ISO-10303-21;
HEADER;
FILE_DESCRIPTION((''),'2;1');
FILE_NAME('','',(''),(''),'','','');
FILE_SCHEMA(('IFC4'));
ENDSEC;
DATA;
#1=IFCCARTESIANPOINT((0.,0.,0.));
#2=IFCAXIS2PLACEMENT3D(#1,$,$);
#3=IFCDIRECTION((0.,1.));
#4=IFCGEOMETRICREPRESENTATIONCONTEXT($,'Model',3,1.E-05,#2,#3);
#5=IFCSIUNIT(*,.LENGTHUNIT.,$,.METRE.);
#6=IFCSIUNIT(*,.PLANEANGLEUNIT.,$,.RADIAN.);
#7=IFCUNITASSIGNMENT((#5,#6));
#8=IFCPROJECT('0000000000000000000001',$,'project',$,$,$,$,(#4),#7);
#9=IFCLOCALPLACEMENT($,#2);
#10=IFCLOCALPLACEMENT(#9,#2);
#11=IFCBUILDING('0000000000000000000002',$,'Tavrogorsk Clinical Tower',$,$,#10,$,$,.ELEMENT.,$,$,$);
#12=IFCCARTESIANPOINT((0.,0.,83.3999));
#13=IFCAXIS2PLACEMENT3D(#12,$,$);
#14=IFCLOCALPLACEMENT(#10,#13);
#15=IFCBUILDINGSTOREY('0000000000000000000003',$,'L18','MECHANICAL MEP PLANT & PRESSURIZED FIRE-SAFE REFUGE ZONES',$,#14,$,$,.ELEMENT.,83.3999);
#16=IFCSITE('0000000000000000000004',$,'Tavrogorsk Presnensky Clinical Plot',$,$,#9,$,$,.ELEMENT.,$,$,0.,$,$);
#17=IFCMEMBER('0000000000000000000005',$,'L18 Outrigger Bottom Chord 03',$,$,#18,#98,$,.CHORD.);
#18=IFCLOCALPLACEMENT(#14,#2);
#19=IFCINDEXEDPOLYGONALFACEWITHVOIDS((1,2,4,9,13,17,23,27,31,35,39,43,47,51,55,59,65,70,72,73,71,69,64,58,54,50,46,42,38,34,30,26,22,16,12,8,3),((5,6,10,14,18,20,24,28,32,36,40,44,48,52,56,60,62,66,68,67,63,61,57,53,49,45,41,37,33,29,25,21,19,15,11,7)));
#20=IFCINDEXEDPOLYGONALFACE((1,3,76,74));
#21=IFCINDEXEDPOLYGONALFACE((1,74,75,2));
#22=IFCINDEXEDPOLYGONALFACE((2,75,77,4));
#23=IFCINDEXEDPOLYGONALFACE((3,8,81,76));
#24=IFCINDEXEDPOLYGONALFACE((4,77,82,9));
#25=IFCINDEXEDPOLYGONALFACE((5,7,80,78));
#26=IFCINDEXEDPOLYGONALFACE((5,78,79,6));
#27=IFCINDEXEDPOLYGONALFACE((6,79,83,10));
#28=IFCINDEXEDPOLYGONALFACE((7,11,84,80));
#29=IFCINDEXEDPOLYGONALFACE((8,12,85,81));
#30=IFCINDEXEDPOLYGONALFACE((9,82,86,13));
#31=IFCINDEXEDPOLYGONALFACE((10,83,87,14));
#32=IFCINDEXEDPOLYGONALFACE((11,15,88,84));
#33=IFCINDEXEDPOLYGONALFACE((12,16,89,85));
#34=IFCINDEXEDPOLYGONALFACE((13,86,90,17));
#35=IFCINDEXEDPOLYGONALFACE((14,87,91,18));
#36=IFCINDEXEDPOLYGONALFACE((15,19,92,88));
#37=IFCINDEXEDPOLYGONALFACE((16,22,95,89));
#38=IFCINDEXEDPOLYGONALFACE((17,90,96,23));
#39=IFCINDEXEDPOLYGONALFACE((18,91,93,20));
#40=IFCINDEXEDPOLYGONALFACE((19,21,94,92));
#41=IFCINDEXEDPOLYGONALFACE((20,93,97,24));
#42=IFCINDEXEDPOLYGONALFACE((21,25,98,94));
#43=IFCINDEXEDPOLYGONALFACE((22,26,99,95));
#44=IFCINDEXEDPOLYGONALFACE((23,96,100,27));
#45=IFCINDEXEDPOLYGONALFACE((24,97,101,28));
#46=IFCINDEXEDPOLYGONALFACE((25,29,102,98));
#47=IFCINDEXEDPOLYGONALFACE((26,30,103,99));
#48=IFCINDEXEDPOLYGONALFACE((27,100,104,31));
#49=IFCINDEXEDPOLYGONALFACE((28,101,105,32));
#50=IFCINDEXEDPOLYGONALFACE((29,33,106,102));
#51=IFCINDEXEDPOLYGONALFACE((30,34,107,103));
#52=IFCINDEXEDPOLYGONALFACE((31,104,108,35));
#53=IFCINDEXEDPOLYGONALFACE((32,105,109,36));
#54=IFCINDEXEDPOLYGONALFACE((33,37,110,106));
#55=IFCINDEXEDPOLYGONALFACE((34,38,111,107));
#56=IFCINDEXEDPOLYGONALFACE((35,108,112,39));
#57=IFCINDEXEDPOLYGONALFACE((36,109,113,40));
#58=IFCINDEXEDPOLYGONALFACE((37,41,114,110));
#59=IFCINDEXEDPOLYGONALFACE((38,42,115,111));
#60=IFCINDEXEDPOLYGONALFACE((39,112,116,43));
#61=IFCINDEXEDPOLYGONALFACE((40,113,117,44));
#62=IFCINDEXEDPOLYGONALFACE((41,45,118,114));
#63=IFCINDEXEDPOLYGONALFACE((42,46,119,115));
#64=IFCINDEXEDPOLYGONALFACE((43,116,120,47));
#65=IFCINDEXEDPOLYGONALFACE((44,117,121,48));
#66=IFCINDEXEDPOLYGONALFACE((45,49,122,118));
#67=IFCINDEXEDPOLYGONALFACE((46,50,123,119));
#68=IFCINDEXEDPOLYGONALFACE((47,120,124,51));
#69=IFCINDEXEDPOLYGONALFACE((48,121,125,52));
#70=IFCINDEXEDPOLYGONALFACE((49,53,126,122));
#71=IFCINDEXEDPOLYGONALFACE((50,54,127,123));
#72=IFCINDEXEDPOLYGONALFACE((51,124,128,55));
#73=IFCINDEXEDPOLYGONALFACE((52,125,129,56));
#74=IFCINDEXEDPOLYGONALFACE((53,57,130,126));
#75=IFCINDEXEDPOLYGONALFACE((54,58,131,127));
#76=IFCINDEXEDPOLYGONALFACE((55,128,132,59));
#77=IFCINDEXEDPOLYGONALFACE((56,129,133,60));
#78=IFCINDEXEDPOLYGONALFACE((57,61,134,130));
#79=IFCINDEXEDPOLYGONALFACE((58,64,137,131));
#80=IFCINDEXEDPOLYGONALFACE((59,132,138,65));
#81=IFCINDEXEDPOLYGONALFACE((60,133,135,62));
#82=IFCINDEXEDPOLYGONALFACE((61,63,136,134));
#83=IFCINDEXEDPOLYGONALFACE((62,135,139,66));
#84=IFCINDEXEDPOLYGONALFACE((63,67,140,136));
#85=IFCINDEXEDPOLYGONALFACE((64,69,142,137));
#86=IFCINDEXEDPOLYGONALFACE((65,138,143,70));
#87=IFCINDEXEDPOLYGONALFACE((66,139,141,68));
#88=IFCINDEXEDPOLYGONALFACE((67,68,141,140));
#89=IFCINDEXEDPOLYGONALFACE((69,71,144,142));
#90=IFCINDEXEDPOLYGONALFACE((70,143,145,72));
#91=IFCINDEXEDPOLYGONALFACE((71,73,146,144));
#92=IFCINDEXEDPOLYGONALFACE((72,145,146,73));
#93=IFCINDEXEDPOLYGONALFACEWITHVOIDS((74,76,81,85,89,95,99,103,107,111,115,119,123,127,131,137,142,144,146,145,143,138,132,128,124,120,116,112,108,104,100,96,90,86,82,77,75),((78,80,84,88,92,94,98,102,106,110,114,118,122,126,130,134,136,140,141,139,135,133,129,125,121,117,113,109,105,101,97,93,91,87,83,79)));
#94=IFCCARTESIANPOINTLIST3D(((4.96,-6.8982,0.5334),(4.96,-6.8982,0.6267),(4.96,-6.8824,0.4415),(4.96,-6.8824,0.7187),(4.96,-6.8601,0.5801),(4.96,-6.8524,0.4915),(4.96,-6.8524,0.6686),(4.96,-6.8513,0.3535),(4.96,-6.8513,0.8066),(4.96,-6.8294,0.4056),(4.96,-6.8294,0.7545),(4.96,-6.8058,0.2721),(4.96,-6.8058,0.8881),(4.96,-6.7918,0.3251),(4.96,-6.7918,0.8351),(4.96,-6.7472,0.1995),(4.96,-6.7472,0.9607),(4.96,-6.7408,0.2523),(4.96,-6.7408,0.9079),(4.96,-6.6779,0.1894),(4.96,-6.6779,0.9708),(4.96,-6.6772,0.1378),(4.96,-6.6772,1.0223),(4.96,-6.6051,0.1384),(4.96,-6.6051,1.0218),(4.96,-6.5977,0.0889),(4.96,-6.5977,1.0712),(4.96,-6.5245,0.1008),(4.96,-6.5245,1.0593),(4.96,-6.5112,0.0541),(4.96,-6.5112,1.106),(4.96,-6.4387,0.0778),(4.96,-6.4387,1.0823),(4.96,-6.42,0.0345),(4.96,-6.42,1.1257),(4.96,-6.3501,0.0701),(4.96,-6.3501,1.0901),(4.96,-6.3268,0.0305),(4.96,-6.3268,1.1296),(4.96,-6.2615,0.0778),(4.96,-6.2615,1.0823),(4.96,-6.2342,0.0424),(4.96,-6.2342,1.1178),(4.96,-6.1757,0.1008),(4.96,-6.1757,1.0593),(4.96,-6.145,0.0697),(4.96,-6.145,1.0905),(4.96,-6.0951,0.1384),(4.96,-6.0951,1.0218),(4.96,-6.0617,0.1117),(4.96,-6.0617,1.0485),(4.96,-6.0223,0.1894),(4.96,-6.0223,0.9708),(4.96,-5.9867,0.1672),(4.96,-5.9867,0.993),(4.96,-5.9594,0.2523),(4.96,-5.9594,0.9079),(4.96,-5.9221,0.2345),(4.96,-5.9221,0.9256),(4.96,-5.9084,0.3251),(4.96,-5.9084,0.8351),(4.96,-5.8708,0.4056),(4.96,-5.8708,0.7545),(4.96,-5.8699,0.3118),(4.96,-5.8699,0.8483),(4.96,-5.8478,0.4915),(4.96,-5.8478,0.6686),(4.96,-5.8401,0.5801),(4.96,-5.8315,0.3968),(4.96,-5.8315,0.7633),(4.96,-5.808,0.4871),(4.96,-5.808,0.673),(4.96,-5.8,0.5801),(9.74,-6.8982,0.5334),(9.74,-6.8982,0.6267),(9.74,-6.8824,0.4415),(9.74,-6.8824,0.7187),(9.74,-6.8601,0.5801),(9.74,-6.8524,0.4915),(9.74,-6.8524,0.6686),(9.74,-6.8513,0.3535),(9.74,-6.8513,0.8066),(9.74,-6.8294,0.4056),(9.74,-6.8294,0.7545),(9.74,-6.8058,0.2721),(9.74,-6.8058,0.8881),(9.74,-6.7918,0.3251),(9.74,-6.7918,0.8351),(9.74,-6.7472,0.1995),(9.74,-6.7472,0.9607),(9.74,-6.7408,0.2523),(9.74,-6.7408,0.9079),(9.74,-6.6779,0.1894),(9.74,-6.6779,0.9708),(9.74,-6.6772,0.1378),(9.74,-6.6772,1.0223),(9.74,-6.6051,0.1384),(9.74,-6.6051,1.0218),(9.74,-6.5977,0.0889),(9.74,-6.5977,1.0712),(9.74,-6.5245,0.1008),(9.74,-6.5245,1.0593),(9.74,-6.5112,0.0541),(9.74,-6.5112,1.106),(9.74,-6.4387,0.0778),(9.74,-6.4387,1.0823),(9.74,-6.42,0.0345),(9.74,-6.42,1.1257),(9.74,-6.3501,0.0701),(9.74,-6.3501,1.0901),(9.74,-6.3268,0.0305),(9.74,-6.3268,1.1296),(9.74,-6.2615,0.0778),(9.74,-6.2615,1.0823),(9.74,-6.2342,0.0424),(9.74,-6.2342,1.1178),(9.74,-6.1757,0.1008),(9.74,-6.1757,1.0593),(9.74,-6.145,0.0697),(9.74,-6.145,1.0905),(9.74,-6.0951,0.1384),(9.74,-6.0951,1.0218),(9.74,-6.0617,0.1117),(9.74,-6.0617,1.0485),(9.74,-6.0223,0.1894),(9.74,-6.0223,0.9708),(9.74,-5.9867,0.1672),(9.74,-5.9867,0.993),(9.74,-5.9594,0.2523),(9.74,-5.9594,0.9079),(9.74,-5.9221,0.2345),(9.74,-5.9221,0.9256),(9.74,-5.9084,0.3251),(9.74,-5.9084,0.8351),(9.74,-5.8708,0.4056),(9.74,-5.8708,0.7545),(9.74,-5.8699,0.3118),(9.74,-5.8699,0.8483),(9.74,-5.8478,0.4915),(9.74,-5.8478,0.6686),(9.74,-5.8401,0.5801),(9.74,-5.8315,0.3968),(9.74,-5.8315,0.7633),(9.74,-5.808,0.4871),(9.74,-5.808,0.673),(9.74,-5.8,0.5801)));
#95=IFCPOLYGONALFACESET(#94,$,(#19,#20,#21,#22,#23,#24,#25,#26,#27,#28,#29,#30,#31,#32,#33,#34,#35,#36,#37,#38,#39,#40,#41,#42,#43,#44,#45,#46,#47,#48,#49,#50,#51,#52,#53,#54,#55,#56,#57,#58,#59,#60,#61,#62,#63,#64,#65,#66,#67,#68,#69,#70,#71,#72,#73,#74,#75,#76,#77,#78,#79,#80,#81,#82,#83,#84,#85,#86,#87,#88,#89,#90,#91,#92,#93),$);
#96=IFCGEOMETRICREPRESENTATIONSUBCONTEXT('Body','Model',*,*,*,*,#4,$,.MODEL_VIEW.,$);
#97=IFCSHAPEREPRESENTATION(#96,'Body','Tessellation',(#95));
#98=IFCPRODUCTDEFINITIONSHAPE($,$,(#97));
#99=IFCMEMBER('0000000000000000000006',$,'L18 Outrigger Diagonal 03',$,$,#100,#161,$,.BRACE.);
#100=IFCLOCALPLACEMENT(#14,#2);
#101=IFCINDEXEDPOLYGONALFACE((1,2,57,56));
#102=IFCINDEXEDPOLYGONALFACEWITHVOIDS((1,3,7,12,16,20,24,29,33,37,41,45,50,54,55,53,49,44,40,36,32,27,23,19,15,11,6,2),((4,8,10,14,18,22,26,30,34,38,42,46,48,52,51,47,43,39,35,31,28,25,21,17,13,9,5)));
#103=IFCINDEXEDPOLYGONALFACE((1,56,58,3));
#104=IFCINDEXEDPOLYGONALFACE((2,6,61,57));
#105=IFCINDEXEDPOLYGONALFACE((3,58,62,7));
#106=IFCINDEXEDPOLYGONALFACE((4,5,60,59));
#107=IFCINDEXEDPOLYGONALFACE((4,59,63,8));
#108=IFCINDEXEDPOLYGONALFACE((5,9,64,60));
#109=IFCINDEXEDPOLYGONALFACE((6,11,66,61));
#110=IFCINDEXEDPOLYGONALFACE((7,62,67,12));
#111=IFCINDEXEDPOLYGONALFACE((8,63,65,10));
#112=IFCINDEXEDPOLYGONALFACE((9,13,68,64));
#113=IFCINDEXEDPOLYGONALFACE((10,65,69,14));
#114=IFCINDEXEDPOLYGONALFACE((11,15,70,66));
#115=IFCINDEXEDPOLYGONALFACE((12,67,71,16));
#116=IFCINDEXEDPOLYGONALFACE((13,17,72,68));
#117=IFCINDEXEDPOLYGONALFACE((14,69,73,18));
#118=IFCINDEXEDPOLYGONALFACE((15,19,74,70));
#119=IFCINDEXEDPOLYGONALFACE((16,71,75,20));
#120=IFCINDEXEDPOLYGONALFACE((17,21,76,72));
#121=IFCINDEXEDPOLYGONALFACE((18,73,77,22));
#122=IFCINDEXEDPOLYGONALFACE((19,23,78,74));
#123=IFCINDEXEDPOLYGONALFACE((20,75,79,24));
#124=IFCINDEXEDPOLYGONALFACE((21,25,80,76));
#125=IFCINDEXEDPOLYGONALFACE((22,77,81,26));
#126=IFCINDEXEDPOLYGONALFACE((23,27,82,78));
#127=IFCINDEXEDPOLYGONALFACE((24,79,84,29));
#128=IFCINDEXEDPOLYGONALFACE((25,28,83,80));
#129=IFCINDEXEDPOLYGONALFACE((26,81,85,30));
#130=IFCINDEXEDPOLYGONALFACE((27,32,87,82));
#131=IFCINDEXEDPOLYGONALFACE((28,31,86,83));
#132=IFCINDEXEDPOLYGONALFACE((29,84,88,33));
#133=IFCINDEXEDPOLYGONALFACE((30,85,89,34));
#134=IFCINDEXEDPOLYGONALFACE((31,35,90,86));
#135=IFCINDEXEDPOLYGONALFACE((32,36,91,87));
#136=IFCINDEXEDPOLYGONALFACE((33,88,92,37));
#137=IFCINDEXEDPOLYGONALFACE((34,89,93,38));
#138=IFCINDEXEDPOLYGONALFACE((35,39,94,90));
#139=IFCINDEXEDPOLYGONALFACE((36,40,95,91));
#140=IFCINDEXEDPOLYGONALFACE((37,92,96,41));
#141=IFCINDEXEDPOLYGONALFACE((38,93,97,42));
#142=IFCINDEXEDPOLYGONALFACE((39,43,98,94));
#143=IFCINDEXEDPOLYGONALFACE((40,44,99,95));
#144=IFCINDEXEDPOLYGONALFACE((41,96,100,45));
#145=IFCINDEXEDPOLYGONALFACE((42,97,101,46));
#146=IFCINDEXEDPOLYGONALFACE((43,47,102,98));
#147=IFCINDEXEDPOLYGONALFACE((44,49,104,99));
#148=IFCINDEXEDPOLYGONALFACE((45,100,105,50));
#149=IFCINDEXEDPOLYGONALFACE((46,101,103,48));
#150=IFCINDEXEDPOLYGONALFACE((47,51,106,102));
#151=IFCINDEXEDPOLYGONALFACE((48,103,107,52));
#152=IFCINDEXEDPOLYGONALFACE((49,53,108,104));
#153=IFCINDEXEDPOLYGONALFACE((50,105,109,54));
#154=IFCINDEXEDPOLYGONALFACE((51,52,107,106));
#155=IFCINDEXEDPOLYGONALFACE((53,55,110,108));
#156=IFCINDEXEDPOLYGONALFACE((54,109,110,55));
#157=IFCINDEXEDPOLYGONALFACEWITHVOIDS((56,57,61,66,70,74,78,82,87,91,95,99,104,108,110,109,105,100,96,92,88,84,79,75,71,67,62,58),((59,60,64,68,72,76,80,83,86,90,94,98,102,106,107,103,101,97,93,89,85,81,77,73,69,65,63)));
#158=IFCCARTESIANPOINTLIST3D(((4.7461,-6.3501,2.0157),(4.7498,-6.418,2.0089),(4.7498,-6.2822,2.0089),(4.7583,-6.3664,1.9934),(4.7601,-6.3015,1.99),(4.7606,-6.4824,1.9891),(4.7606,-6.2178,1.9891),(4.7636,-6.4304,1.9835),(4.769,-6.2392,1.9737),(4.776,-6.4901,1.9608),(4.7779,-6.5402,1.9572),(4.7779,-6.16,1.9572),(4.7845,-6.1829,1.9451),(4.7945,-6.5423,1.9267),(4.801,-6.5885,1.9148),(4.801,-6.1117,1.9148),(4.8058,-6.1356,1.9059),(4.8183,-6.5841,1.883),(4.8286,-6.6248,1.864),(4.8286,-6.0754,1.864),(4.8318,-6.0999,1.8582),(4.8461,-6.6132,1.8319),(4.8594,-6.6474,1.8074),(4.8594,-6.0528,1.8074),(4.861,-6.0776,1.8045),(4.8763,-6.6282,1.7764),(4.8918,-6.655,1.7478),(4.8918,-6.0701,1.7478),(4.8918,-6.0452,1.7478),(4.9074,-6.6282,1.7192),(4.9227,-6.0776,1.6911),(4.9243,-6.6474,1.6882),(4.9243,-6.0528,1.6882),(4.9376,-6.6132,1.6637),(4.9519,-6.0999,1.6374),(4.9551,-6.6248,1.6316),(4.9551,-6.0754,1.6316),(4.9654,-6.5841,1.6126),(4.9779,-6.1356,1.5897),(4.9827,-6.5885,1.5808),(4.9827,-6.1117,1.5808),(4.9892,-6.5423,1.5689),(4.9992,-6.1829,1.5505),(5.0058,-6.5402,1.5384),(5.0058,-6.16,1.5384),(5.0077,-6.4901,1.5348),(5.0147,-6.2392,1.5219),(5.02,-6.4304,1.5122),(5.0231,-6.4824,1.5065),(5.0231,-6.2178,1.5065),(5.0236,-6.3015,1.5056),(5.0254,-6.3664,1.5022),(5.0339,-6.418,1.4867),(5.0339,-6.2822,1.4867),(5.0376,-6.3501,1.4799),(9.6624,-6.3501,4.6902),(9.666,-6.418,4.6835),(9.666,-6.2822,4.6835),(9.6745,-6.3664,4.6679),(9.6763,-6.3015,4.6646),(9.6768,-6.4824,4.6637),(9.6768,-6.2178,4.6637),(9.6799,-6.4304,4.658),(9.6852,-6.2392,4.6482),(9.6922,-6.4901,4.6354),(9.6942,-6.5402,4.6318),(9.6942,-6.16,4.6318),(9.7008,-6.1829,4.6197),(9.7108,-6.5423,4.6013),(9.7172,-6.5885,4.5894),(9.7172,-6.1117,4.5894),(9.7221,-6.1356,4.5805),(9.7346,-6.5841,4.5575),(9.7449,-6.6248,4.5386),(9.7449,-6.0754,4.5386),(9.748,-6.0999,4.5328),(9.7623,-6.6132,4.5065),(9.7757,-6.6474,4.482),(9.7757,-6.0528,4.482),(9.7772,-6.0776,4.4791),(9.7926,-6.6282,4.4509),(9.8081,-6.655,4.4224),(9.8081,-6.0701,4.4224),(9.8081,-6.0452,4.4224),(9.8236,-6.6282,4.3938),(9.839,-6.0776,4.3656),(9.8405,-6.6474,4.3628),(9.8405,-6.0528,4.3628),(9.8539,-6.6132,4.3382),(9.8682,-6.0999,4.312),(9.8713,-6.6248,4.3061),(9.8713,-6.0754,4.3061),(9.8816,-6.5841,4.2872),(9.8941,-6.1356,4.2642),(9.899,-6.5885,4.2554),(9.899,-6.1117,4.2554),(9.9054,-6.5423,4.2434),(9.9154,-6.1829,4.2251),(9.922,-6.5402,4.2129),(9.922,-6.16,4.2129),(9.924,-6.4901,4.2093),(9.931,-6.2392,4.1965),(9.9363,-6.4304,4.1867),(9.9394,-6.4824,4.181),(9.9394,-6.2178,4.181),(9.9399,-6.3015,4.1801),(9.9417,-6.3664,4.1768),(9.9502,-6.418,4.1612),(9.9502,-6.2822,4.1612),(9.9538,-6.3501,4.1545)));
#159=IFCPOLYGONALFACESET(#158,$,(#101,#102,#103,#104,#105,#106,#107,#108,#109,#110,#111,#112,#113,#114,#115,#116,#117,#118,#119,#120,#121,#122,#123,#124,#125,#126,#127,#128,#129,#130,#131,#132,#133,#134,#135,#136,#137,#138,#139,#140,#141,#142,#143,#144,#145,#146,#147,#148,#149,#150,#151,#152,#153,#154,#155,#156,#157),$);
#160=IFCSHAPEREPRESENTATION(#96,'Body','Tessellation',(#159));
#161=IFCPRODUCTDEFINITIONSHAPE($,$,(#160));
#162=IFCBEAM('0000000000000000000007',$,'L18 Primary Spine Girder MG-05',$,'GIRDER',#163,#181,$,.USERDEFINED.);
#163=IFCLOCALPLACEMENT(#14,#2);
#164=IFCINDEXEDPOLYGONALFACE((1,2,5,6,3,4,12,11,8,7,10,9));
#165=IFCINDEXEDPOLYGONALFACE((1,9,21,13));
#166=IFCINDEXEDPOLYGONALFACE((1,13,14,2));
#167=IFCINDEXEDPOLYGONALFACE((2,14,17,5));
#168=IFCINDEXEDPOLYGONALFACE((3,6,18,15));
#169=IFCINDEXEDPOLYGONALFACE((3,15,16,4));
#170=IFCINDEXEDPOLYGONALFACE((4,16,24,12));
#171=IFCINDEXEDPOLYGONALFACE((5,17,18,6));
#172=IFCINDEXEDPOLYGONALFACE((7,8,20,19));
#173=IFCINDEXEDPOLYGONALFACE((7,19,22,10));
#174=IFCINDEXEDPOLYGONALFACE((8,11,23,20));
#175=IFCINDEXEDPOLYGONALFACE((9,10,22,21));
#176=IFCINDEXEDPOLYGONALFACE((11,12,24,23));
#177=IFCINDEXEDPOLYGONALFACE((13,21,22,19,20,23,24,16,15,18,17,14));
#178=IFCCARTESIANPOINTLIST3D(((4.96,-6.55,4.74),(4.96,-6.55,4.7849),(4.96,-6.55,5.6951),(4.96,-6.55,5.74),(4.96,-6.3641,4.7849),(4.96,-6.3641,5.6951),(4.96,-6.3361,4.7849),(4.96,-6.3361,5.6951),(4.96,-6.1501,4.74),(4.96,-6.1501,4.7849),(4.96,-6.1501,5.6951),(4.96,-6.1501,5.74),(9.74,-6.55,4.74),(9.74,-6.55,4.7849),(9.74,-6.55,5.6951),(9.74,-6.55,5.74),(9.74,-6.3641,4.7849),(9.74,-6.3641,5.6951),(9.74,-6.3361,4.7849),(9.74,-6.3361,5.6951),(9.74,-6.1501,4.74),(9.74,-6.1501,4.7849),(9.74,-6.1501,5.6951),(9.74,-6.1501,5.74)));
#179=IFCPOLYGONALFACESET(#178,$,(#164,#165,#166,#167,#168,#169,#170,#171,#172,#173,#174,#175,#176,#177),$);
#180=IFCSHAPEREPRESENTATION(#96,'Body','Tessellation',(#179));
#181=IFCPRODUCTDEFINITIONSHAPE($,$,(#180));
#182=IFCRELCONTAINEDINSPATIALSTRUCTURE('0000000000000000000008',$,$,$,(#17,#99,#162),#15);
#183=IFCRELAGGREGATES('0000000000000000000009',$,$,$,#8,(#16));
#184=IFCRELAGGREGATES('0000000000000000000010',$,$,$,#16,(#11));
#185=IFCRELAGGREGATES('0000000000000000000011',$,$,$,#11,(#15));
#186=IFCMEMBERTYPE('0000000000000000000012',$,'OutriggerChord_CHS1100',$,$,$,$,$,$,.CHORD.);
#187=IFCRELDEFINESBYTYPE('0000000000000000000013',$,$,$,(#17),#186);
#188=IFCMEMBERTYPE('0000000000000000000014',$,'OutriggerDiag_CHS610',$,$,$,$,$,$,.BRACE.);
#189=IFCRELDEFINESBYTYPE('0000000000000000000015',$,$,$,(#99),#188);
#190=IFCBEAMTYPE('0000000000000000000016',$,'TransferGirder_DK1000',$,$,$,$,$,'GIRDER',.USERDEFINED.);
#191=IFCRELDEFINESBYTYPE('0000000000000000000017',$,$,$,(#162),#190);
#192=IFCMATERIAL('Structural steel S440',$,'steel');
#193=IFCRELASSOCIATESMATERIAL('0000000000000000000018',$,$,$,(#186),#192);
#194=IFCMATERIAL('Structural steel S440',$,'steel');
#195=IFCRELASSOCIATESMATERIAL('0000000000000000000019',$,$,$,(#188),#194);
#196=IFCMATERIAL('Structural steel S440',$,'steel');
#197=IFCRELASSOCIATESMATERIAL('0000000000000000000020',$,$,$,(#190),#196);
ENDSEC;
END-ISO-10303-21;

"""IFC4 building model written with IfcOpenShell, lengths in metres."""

from ifc_helpers import new_model, si_unit, direction, frame, origin, origin_2d, place, context, subcontext, project, spatial, hollow_circle, i_section, extrude, material, material_profile, profile_set, type_object, element, save


model = new_model("IFC4")

# Units and contexts
model_context = context("Model", 3, precision=1e-05, world=origin(), true_north=direction((0.0, 1.0)))
body_context = subcontext(model_context, "Body", "Model", "MODEL_VIEW")
ifc_project = project(units=[si_unit("LENGTHUNIT", "METRE"), si_unit("PLANEANGLEUNIT", "RADIAN")], contexts=[model_context])

# Site, building, storey
site_placement = place(None, origin())
site = spatial("IfcSite", under=ifc_project, at=site_placement, Name="Tavrogorsk Presnensky Clinical Plot", CompositionType="ELEMENT", RefElevation=0.0)
building_placement = place(site_placement, origin())
building = spatial("IfcBuilding", under=site, at=building_placement, Name="Tavrogorsk Clinical Tower", CompositionType="ELEMENT")
storey_placement = place(building_placement, frame((0.0, 0.0, 83.3999)))
storey = spatial("IfcBuildingStorey", under=building, at=storey_placement, Name="L18", Description="MECHANICAL MEP PLANT & PRESSURIZED FIRE-SAFE REFUGE ZONES", CompositionType="ELEMENT", Elevation=83.3999)

# Members
ifc_material_1 = material(Name="Structural steel S440", Category="steel")
ifc_material_profile_1 = material_profile(ifc_material_1, hollow_circle(Radius=0.55, WallThickness=0.04, at=origin_2d()), Name="CHS-1100x40")
ifc_profile_set_1 = profile_set([ifc_material_profile_1], Name="Structural steel S440")
member_type_1 = type_object("IfcMemberType", Name="OutriggerChord_CHS1100", PredefinedType="CHORD", material=ifc_profile_set_1)
member_1_placement = place(storey_placement, frame((4.96, -6.3501, 0.5801), z_axis=(1.0, 0.0, 0.0), x_axis=(0.0, 1.0, 0.0)))
element("IfcMember", 1, at=member_1_placement, inside=storey, type_object=member_type_1, Name="L18 Outrigger Bottom Chord 03", PredefinedType="CHORD", context=body_context, shape_type="SweptSolid", body=[
    extrude(hollow_circle(Radius=0.55, WallThickness=0.04, at=origin_2d()), origin(), (0.0, 0.0, 1.0), 4.78),
])
ifc_material_2 = material(Name="Structural steel S440", Category="steel")
ifc_material_profile_2 = material_profile(ifc_material_2, hollow_circle(Radius=0.3049, WallThickness=0.0249, at=origin_2d()), Name="CHS-610x25")
ifc_profile_set_2 = profile_set([ifc_material_profile_2], Name="Structural steel S440")
member_type_2 = type_object("IfcMemberType", Name="OutriggerDiag_CHS610", PredefinedType="BRACE", material=ifc_profile_set_2)
member_2_placement = place(storey_placement, frame((4.8918, -6.3501, 1.7478), z_axis=(0.878424, 0.0, 0.477883), x_axis=(0.0, 1.0, 0.0)))
element("IfcMember", 2, at=member_2_placement, inside=storey, type_object=member_type_2, Name="L18 Outrigger Diagonal 03", PredefinedType="BRACE", context=body_context, shape_type="SweptSolid", body=[
    extrude(hollow_circle(Radius=0.3049, WallThickness=0.0249, at=origin_2d()), origin(), (0.0, 0.0, 1.0), 5.5967),
])

# Beam
ifc_material_3 = material(Name="Structural steel S440", Category="steel")
ifc_material_profile_3 = material_profile(ifc_material_3, i_section(OverallWidth=0.3999, OverallDepth=1.0, WebThickness=0.0281, FlangeThickness=0.0449, at=origin_2d()), Name="DK-1000x400x28x45")
ifc_profile_set_3 = profile_set([ifc_material_profile_3], Name="Structural steel S440")
beam_type_1 = type_object("IfcBeamType", Name="TransferGirder_DK1000", ElementType="GIRDER", PredefinedType="USERDEFINED", material=ifc_profile_set_3)
beam_1_placement = place(storey_placement, frame((4.96, -6.3501, 5.24), z_axis=(1.0, 0.0, 0.0), x_axis=(0.0, 1.0, 0.0)))
element("IfcBeam", 3, at=beam_1_placement, inside=storey, type_object=beam_type_1, Name="L18 Primary Spine Girder MG-05", ObjectType="GIRDER", PredefinedType="USERDEFINED", context=body_context, shape_type="SweptSolid", body=[
    extrude(i_section(OverallWidth=0.3999, OverallDepth=1.0, WebThickness=0.0281, FlangeThickness=0.0449, at=origin_2d()), origin(), (0.0, 0.0, 1.0), 4.78),
])

save(model, "model.ifc")
